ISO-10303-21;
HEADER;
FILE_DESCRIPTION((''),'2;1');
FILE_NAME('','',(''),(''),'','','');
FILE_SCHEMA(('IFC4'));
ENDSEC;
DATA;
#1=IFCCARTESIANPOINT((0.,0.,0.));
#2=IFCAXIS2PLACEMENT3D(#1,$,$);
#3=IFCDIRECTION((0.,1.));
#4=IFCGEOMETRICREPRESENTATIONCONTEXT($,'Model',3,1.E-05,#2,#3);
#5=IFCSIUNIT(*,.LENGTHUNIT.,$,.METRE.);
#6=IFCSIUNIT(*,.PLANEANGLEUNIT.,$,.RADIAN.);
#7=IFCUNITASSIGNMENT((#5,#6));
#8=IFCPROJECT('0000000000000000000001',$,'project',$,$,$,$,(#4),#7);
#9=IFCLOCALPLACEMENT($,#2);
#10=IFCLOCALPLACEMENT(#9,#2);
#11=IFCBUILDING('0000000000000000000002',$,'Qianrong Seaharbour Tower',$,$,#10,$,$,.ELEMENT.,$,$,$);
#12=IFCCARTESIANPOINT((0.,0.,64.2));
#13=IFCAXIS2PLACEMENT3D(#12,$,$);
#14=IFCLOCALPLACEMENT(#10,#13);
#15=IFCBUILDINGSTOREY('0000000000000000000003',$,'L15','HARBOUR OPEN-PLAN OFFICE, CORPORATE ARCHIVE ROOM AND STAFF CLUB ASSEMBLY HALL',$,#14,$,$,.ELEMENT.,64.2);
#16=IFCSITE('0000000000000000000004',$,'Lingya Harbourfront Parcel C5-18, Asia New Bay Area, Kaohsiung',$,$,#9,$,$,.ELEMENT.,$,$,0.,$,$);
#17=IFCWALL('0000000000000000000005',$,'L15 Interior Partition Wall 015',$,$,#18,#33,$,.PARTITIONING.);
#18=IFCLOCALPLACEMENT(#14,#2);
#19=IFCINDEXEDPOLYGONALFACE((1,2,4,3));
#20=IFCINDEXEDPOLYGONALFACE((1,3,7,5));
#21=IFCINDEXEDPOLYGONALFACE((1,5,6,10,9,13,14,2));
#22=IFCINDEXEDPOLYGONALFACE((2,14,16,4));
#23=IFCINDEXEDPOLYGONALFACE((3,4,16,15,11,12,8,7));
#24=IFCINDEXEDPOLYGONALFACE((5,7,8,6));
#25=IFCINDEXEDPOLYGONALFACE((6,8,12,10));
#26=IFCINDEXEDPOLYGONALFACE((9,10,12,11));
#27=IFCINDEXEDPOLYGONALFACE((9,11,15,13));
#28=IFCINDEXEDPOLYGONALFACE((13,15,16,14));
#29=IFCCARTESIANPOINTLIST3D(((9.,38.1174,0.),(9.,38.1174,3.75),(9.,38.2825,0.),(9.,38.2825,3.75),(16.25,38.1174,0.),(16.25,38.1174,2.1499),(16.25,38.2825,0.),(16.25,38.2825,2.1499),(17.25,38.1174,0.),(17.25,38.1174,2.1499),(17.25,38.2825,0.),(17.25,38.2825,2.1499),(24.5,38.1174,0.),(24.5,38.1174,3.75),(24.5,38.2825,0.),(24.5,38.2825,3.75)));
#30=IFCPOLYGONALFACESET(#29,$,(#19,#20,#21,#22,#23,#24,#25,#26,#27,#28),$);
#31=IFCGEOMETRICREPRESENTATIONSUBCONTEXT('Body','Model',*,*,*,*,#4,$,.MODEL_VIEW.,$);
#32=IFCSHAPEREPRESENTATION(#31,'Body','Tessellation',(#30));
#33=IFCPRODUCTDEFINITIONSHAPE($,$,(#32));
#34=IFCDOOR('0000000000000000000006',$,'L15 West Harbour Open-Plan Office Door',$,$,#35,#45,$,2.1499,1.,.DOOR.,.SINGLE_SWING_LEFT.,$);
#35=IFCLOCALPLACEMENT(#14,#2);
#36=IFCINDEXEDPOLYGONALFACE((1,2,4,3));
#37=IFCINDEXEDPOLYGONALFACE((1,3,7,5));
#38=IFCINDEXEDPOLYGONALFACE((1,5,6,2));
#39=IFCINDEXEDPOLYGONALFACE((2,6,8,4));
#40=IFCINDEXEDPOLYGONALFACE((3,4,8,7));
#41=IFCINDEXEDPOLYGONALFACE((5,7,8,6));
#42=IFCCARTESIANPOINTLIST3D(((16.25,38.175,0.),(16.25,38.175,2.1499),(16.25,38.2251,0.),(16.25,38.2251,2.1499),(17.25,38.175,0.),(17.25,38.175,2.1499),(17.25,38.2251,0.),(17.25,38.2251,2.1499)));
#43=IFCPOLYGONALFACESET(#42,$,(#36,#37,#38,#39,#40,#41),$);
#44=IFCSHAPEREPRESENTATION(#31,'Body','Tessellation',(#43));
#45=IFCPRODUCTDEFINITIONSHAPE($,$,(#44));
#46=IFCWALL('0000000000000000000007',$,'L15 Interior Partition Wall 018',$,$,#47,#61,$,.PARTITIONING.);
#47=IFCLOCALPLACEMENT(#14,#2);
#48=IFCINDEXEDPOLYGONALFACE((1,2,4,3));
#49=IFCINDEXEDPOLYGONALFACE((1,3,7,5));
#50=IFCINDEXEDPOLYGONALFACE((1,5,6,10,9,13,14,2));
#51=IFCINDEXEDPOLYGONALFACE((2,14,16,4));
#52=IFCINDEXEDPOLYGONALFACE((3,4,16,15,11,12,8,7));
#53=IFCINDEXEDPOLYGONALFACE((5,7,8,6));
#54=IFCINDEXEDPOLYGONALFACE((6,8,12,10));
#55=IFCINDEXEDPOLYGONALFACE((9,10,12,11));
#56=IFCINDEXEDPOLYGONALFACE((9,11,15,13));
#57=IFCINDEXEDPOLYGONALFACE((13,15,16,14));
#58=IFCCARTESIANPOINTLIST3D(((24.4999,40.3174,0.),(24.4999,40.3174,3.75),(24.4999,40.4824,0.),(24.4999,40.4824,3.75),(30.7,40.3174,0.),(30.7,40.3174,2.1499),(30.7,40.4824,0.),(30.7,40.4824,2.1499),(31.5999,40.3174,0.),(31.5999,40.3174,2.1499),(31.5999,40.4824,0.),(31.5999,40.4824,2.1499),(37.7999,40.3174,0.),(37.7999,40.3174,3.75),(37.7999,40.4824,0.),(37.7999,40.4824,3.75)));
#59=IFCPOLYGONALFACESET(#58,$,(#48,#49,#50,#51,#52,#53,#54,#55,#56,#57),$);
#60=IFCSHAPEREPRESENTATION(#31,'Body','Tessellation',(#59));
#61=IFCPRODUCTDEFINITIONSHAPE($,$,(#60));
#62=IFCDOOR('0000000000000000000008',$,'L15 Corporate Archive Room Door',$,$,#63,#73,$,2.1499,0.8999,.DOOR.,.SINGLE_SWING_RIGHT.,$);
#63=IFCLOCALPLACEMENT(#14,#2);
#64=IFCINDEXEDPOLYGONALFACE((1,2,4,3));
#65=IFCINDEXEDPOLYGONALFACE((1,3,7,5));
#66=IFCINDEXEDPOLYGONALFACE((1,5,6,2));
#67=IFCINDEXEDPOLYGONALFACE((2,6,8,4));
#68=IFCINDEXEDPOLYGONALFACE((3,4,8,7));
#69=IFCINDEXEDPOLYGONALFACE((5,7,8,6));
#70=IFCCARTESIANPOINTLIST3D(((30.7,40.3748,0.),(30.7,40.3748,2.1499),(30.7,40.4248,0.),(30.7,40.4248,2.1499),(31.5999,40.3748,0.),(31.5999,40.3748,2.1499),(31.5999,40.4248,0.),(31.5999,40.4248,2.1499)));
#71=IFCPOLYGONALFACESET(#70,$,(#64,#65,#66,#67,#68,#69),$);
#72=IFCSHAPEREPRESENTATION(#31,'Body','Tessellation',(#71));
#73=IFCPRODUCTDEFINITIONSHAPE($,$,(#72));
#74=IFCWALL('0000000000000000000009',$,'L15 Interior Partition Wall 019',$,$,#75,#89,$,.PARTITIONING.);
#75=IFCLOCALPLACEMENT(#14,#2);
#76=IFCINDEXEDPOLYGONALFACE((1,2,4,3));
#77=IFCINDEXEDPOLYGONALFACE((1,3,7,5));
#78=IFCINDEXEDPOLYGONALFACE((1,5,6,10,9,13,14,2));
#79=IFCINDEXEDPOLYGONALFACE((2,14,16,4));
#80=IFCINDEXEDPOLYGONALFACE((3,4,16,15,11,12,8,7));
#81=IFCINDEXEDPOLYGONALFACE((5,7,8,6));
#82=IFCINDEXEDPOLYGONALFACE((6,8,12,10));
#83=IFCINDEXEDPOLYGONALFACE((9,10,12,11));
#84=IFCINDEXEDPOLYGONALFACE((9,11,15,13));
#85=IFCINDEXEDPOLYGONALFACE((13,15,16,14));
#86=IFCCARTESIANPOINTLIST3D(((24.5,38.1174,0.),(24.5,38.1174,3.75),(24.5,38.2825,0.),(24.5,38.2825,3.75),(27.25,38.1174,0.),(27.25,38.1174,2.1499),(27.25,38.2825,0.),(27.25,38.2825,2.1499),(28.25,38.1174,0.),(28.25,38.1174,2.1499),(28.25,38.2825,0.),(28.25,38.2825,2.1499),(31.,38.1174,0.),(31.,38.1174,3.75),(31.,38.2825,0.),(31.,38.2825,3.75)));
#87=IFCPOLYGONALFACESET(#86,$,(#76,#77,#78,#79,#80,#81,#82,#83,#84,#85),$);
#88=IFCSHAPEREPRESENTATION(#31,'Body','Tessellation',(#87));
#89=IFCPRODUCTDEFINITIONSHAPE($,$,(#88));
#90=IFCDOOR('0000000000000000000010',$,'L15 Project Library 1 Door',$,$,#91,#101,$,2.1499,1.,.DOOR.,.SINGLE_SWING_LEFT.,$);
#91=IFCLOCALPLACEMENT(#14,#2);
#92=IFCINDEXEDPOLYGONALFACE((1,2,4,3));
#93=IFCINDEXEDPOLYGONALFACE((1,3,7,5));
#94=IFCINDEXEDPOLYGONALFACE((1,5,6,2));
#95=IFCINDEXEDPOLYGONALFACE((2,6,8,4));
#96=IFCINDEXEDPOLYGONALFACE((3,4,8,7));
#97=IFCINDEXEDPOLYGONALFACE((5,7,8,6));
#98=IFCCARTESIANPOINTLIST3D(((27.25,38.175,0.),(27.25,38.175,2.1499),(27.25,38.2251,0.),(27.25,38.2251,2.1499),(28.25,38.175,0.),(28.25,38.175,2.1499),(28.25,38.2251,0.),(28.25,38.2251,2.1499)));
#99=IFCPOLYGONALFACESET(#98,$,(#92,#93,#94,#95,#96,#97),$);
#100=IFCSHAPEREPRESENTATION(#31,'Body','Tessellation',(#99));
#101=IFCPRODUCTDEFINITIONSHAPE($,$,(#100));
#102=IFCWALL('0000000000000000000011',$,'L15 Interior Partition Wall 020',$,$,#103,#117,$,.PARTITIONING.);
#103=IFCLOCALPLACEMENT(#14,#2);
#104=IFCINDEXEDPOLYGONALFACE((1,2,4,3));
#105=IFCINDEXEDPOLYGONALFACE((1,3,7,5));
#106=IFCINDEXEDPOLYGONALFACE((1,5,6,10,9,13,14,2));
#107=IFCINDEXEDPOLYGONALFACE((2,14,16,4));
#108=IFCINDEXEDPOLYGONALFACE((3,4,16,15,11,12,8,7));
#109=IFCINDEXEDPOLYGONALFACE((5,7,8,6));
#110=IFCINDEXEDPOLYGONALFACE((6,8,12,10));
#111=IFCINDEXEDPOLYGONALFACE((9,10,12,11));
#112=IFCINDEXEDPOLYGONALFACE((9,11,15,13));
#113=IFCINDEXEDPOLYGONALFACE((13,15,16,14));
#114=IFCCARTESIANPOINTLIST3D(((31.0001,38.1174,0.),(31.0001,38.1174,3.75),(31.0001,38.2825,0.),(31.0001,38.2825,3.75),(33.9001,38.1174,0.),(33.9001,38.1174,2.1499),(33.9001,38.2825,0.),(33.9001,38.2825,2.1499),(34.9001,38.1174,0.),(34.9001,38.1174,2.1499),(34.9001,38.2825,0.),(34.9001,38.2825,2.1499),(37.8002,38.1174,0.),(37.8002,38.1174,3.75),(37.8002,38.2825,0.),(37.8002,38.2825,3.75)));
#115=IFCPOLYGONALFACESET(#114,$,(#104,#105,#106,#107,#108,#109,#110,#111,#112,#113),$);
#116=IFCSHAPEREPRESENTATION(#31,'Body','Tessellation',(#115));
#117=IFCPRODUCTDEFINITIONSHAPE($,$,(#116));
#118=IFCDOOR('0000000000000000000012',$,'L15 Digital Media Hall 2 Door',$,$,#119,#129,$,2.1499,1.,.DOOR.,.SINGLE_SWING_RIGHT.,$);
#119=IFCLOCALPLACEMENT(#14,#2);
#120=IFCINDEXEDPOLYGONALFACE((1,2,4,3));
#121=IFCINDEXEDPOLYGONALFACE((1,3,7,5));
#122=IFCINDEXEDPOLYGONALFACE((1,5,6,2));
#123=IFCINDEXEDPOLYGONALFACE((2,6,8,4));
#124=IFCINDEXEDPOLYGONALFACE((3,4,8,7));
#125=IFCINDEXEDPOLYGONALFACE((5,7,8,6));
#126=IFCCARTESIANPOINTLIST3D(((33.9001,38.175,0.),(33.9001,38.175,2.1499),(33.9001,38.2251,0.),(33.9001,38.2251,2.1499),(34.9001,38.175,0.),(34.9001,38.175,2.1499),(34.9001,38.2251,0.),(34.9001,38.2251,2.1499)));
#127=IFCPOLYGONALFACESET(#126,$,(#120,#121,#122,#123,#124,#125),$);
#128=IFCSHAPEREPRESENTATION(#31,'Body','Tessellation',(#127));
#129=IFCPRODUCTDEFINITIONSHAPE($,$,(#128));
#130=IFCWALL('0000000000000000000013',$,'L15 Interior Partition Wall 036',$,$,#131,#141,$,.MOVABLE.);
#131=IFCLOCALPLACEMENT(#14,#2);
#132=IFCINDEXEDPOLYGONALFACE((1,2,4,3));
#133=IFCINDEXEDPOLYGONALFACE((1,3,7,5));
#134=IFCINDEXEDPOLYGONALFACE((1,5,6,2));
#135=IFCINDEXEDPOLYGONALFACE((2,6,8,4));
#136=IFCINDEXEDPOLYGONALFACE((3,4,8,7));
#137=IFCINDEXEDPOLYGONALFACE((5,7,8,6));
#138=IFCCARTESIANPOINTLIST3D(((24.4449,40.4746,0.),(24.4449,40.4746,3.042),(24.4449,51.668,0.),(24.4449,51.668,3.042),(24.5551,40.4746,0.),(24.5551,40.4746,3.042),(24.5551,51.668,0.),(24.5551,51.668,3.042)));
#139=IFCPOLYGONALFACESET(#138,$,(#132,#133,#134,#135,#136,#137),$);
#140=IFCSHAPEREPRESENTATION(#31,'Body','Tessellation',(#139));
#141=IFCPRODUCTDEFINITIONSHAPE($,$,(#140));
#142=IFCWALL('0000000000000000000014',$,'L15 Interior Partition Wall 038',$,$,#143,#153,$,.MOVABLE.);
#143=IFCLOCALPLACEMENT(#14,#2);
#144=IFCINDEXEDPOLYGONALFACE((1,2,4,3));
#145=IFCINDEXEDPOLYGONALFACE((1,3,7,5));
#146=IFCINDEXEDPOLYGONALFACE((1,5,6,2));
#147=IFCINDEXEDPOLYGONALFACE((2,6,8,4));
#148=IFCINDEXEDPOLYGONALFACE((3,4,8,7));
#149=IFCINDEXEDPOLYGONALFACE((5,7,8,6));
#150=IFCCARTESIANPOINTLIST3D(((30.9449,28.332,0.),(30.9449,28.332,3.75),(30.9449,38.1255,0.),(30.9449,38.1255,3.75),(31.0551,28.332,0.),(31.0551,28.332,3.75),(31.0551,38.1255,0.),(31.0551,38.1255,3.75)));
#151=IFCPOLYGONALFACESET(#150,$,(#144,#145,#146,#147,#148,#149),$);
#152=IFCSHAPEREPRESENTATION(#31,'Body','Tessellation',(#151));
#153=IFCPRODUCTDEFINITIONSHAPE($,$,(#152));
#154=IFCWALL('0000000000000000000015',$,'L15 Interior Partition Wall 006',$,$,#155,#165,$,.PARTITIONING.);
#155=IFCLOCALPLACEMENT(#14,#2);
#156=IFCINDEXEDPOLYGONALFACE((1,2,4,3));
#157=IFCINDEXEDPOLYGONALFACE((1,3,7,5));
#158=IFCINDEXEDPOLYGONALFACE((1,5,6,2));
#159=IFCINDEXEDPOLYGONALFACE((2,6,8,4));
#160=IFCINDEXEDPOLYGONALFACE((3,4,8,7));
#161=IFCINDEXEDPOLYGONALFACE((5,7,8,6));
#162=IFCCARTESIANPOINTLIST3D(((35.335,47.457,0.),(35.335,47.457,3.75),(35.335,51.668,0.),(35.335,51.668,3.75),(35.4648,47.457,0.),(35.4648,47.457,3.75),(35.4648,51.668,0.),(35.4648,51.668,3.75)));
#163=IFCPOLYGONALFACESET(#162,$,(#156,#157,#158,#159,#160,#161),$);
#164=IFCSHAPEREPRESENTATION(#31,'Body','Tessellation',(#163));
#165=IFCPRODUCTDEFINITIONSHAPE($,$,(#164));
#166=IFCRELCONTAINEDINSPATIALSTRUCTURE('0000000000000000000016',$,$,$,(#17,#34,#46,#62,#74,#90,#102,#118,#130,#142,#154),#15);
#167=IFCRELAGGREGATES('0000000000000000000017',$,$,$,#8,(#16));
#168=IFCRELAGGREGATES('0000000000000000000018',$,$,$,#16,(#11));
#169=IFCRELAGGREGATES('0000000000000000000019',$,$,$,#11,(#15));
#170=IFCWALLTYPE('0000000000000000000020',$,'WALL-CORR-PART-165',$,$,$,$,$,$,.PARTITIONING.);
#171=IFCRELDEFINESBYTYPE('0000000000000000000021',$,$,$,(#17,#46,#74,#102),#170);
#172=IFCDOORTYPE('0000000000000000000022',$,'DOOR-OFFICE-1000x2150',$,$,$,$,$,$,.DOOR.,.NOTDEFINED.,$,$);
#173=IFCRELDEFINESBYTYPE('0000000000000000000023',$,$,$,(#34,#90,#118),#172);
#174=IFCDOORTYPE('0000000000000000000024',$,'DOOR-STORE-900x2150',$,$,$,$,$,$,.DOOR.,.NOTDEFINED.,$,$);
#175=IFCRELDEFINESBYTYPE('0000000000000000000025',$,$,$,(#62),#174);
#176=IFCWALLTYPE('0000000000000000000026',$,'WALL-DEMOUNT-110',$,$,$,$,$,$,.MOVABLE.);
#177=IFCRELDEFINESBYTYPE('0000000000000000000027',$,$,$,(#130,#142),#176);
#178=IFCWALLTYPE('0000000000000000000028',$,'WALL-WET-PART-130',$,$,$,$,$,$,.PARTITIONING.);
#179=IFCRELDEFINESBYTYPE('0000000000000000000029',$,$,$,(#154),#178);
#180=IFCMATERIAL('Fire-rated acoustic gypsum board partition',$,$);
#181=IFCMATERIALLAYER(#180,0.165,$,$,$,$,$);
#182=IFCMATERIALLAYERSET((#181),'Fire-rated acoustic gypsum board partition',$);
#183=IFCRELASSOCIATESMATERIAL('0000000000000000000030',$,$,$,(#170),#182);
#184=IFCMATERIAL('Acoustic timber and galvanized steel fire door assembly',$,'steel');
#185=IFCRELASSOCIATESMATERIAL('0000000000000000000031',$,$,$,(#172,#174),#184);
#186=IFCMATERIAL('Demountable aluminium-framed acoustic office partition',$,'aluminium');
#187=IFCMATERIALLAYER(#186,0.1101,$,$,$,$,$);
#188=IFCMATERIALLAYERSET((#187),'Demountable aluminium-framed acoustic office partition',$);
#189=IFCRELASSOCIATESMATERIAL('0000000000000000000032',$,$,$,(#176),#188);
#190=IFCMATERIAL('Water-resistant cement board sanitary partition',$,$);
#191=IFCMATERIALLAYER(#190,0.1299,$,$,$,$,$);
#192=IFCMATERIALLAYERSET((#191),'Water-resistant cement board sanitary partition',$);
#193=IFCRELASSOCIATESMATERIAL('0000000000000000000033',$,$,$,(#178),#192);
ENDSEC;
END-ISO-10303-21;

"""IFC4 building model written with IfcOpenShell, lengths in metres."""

from ifc_helpers import new_model, si_unit, direction, frame, frame_2d, origin, place, context, subcontext, project, spatial, rectangle, extrude, material, layer, layer_set, type_object, element, fill, save


model = new_model("IFC4")

# Units and contexts
model_context = context("Model", 3, precision=1e-05, world=origin(), true_north=direction((0.0, 1.0)))
body_context = subcontext(model_context, "Body", "Model", "MODEL_VIEW")
ifc_project = project(units=[si_unit("LENGTHUNIT", "METRE"), si_unit("PLANEANGLEUNIT", "RADIAN")], contexts=[model_context])

# Site, building, storey
site_placement = place(None, origin())
site = spatial("IfcSite", under=ifc_project, at=site_placement, Name="Lingya Harbourfront Parcel C5-18, Asia New Bay Area, Kaohsiung", CompositionType="ELEMENT", RefElevation=0.0)
building_placement = place(site_placement, origin())
building = spatial("IfcBuilding", under=site, at=building_placement, Name="Qianrong Seaharbour Tower", CompositionType="ELEMENT")
storey_placement = place(building_placement, frame((0.0, 0.0, 64.2)))
storey = spatial("IfcBuildingStorey", under=building, at=storey_placement, Name="L15", Description="HARBOUR OPEN-PLAN OFFICE, CORPORATE ARCHIVE ROOM AND STAFF CLUB ASSEMBLY HALL", CompositionType="ELEMENT", Elevation=64.2)

# Walls, openings, doors
ifc_material_1 = material(Name="Fire-rated acoustic gypsum board partition")
ifc_layer_1 = layer(ifc_material_1, 0.165)
ifc_layer_set_1 = layer_set([ifc_layer_1], Name="Fire-rated acoustic gypsum board partition")
wall_type_1 = type_object("IfcWallType", Name="WALL-CORR-PART-165", PredefinedType="PARTITIONING", material=ifc_layer_set_1)
wall_1_placement = place(storey_placement, frame((24.5, 38.2, 0.0), z_axis=(0.0, 0.0, 1.0), x_axis=(-1.0, 0.0, 0.0)))
wall_1 = element("IfcWall", 1, at=wall_1_placement, inside=storey, type_object=wall_type_1, Name="L15 Interior Partition Wall 015", PredefinedType="PARTITIONING", context=body_context, shape_type="SweptSolid", body=[
    extrude(rectangle(XDim=15.5, YDim=0.165, at=frame_2d((7.75, 0.0))), origin(), (0.0, 0.0, 1.0), 3.75),
])
opening_1_placement = place(wall_1_placement, frame((7.25, 0.0, 0.0)))
opening_1 = element("IfcOpeningElement", 2, at=opening_1_placement, cuts=wall_1, PredefinedType="OPENING", context=body_context, shape_type="SweptSolid", body=[
    extrude(rectangle(XDim=1.0, YDim=2.1499, at=frame_2d((0.5, 1.075))), frame((0.0, 0.0925, 0.0), z_axis=(0.0, -1.0, 0.0), x_axis=(1.0, 0.0, 0.0)), (0.0, 0.0, 1.0), 0.1851),
])
ifc_material_2 = material(Name="Acoustic timber and galvanized steel fire door assembly", Category="steel")
door_type_1 = type_object("IfcDoorType", Name="DOOR-OFFICE-1000x2150", OperationType="NOTDEFINED", PredefinedType="DOOR", material=ifc_material_2)
door_1_placement = place(opening_1_placement, origin())
door_1 = element("IfcDoor", 3, at=door_1_placement, inside=storey, type_object=door_type_1, Name="L15 West Harbour Open-Plan Office Door", OperationType="SINGLE_SWING_LEFT", OverallHeight=2.1499, OverallWidth=1.0, PredefinedType="DOOR", context=body_context, shape_type="SweptSolid", body=[
    extrude(rectangle(XDim=1.0, YDim=2.1499, at=frame_2d((0.5, 1.075))), frame((0.0, 0.0249, 0.0), z_axis=(0.0, -1.0, 0.0), x_axis=(1.0, 0.0, 0.0)), (0.0, 0.0, 1.0), 0.05),
])
fill(opening_1, door_1)
wall_2_placement = place(storey_placement, frame((24.5, 40.3999, 0.0), z_axis=(0.0, 0.0, 1.0), x_axis=(1.0, 0.0, 0.0)))
wall_2 = element("IfcWall", 4, at=wall_2_placement, inside=storey, type_object=wall_type_1, Name="L15 Interior Partition Wall 018", PredefinedType="PARTITIONING", context=body_context, shape_type="SweptSolid", body=[
    extrude(rectangle(XDim=13.3, YDim=0.165, at=frame_2d((6.6499, 0.0))), origin(), (0.0, 0.0, 1.0), 3.75),
])
opening_2_placement = place(wall_2_placement, frame((6.2, 0.0, 0.0)))
opening_2 = element("IfcOpeningElement", 5, at=opening_2_placement, cuts=wall_2, PredefinedType="OPENING", context=body_context, shape_type="SweptSolid", body=[
    extrude(rectangle(XDim=0.8999, YDim=2.1499, at=frame_2d((0.45, 1.075))), frame((0.0, 0.0925, 0.0), z_axis=(0.0, -1.0, 0.0), x_axis=(1.0, 0.0, 0.0)), (0.0, 0.0, 1.0), 0.1851),
])
door_type_2 = type_object("IfcDoorType", Name="DOOR-STORE-900x2150", OperationType="NOTDEFINED", PredefinedType="DOOR", material=ifc_material_2)
door_2_placement = place(opening_2_placement, origin())
door_2 = element("IfcDoor", 6, at=door_2_placement, inside=storey, type_object=door_type_2, Name="L15 Corporate Archive Room Door", OperationType="SINGLE_SWING_RIGHT", OverallHeight=2.1499, OverallWidth=0.8999, PredefinedType="DOOR", context=body_context, shape_type="SweptSolid", body=[
    extrude(rectangle(XDim=0.8999, YDim=2.1499, at=frame_2d((0.45, 1.075))), frame((0.0, 0.0249, 0.0), z_axis=(0.0, -1.0, 0.0), x_axis=(1.0, 0.0, 0.0)), (0.0, 0.0, 1.0), 0.05),
])
fill(opening_2, door_2)
wall_3_placement = place(storey_placement, frame((31.0, 38.2, 0.0), z_axis=(0.0, 0.0, 1.0), x_axis=(-1.0, 0.0, 0.0)))
wall_3 = element("IfcWall", 7, at=wall_3_placement, inside=storey, type_object=wall_type_1, Name="L15 Interior Partition Wall 019", PredefinedType="PARTITIONING", context=body_context, shape_type="SweptSolid", body=[
    extrude(rectangle(XDim=6.5, YDim=0.165, at=frame_2d((3.25, 0.0))), origin(), (0.0, 0.0, 1.0), 3.75),
])
opening_3_placement = place(wall_3_placement, frame((2.75, 0.0, 0.0)))
opening_3 = element("IfcOpeningElement", 8, at=opening_3_placement, cuts=wall_3, PredefinedType="OPENING", context=body_context, shape_type="SweptSolid", body=[
    extrude(rectangle(XDim=1.0, YDim=2.1499, at=frame_2d((0.5, 1.075))), frame((0.0, 0.0925, 0.0), z_axis=(0.0, -1.0, 0.0), x_axis=(1.0, 0.0, 0.0)), (0.0, 0.0, 1.0), 0.1851),
])
door_3_placement = place(opening_3_placement, origin())
door_3 = element("IfcDoor", 9, at=door_3_placement, inside=storey, type_object=door_type_1, Name="L15 Project Library 1 Door", OperationType="SINGLE_SWING_LEFT", OverallHeight=2.1499, OverallWidth=1.0, PredefinedType="DOOR", context=body_context, shape_type="SweptSolid", body=[
    extrude(rectangle(XDim=1.0, YDim=2.1499, at=frame_2d((0.5, 1.075))), frame((0.0, 0.0249, 0.0), z_axis=(0.0, -1.0, 0.0), x_axis=(1.0, 0.0, 0.0)), (0.0, 0.0, 1.0), 0.05),
])
fill(opening_3, door_3)
wall_4_placement = place(storey_placement, frame((37.8, 38.2, 0.0), z_axis=(0.0, 0.0, 1.0), x_axis=(-1.0, 0.0, 0.0)))
wall_4 = element("IfcWall", 10, at=wall_4_placement, inside=storey, type_object=wall_type_1, Name="L15 Interior Partition Wall 020", PredefinedType="PARTITIONING", context=body_context, shape_type="SweptSolid", body=[
    extrude(rectangle(XDim=6.8, YDim=0.165, at=frame_2d((3.3999, 0.0))), origin(), (0.0, 0.0, 1.0), 3.75),
])
opening_4_placement = place(wall_4_placement, frame((2.8999, 0.0, 0.0)))
opening_4 = element("IfcOpeningElement", 11, at=opening_4_placement, cuts=wall_4, PredefinedType="OPENING", context=body_context, shape_type="SweptSolid", body=[
    extrude(rectangle(XDim=1.0, YDim=2.1499, at=frame_2d((0.5, 1.075))), frame((0.0, 0.0925, 0.0), z_axis=(0.0, -1.0, 0.0), x_axis=(1.0, 0.0, 0.0)), (0.0, 0.0, 1.0), 0.1851),
])
door_4_placement = place(opening_4_placement, origin())
door_4 = element("IfcDoor", 12, at=door_4_placement, inside=storey, type_object=door_type_1, Name="L15 Digital Media Hall 2 Door", OperationType="SINGLE_SWING_RIGHT", OverallHeight=2.1499, OverallWidth=1.0, PredefinedType="DOOR", context=body_context, shape_type="SweptSolid", body=[
    extrude(rectangle(XDim=1.0, YDim=2.1499, at=frame_2d((0.5, 1.075))), frame((0.0, 0.0249, 0.0), z_axis=(0.0, -1.0, 0.0), x_axis=(1.0, 0.0, 0.0)), (0.0, 0.0, 1.0), 0.05),
])
fill(opening_4, door_4)

# Walls
ifc_material_3 = material(Name="Demountable aluminium-framed acoustic office partition", Category="aluminium")
ifc_layer_2 = layer(ifc_material_3, 0.1101)
ifc_layer_set_2 = layer_set([ifc_layer_2], Name="Demountable aluminium-framed acoustic office partition")
wall_type_2 = type_object("IfcWallType", Name="WALL-DEMOUNT-110", PredefinedType="MOVABLE", material=ifc_layer_set_2)
wall_5_placement = place(storey_placement, frame((24.5, 51.668, 0.0), z_axis=(0.0, 0.0, 1.0), x_axis=(0.0, -1.0, 0.0)))
element("IfcWall", 13, at=wall_5_placement, inside=storey, type_object=wall_type_2, Name="L15 Interior Partition Wall 036", PredefinedType="MOVABLE", context=body_context, shape_type="SweptSolid", body=[
    extrude(rectangle(XDim=11.1934, YDim=0.1101, at=frame_2d((5.5967, 0.0))), origin(), (0.0, 0.0, 1.0), 3.042),
])
wall_6_placement = place(storey_placement, frame((31.0, 38.1255, 0.0), z_axis=(0.0, 0.0, 1.0), x_axis=(0.0, -1.0, 0.0)))
element("IfcWall", 14, at=wall_6_placement, inside=storey, type_object=wall_type_2, Name="L15 Interior Partition Wall 038", PredefinedType="MOVABLE", context=body_context, shape_type="SweptSolid", body=[
    extrude(rectangle(XDim=9.7935, YDim=0.1101, at=frame_2d((4.8967, 0.0))), origin(), (0.0, 0.0, 1.0), 3.75),
])
ifc_material_4 = material(Name="Water-resistant cement board sanitary partition")
ifc_layer_3 = layer(ifc_material_4, 0.1299)
ifc_layer_set_3 = layer_set([ifc_layer_3], Name="Water-resistant cement board sanitary partition")
wall_type_3 = type_object("IfcWallType", Name="WALL-WET-PART-130", PredefinedType="PARTITIONING", material=ifc_layer_set_3)
wall_7_placement = place(storey_placement, frame((35.3999, 47.457, 0.0), z_axis=(0.0, 0.0, 1.0), x_axis=(0.0, 1.0, 0.0)))
element("IfcWall", 15, at=wall_7_placement, inside=storey, type_object=wall_type_3, Name="L15 Interior Partition Wall 006", PredefinedType="PARTITIONING", context=body_context, shape_type="SweptSolid", body=[
    extrude(rectangle(XDim=4.2109, YDim=0.1299, at=frame_2d((2.1055, 0.0))), origin(), (0.0, 0.0, 1.0), 3.75),
])

save(model, "model.ifc")
